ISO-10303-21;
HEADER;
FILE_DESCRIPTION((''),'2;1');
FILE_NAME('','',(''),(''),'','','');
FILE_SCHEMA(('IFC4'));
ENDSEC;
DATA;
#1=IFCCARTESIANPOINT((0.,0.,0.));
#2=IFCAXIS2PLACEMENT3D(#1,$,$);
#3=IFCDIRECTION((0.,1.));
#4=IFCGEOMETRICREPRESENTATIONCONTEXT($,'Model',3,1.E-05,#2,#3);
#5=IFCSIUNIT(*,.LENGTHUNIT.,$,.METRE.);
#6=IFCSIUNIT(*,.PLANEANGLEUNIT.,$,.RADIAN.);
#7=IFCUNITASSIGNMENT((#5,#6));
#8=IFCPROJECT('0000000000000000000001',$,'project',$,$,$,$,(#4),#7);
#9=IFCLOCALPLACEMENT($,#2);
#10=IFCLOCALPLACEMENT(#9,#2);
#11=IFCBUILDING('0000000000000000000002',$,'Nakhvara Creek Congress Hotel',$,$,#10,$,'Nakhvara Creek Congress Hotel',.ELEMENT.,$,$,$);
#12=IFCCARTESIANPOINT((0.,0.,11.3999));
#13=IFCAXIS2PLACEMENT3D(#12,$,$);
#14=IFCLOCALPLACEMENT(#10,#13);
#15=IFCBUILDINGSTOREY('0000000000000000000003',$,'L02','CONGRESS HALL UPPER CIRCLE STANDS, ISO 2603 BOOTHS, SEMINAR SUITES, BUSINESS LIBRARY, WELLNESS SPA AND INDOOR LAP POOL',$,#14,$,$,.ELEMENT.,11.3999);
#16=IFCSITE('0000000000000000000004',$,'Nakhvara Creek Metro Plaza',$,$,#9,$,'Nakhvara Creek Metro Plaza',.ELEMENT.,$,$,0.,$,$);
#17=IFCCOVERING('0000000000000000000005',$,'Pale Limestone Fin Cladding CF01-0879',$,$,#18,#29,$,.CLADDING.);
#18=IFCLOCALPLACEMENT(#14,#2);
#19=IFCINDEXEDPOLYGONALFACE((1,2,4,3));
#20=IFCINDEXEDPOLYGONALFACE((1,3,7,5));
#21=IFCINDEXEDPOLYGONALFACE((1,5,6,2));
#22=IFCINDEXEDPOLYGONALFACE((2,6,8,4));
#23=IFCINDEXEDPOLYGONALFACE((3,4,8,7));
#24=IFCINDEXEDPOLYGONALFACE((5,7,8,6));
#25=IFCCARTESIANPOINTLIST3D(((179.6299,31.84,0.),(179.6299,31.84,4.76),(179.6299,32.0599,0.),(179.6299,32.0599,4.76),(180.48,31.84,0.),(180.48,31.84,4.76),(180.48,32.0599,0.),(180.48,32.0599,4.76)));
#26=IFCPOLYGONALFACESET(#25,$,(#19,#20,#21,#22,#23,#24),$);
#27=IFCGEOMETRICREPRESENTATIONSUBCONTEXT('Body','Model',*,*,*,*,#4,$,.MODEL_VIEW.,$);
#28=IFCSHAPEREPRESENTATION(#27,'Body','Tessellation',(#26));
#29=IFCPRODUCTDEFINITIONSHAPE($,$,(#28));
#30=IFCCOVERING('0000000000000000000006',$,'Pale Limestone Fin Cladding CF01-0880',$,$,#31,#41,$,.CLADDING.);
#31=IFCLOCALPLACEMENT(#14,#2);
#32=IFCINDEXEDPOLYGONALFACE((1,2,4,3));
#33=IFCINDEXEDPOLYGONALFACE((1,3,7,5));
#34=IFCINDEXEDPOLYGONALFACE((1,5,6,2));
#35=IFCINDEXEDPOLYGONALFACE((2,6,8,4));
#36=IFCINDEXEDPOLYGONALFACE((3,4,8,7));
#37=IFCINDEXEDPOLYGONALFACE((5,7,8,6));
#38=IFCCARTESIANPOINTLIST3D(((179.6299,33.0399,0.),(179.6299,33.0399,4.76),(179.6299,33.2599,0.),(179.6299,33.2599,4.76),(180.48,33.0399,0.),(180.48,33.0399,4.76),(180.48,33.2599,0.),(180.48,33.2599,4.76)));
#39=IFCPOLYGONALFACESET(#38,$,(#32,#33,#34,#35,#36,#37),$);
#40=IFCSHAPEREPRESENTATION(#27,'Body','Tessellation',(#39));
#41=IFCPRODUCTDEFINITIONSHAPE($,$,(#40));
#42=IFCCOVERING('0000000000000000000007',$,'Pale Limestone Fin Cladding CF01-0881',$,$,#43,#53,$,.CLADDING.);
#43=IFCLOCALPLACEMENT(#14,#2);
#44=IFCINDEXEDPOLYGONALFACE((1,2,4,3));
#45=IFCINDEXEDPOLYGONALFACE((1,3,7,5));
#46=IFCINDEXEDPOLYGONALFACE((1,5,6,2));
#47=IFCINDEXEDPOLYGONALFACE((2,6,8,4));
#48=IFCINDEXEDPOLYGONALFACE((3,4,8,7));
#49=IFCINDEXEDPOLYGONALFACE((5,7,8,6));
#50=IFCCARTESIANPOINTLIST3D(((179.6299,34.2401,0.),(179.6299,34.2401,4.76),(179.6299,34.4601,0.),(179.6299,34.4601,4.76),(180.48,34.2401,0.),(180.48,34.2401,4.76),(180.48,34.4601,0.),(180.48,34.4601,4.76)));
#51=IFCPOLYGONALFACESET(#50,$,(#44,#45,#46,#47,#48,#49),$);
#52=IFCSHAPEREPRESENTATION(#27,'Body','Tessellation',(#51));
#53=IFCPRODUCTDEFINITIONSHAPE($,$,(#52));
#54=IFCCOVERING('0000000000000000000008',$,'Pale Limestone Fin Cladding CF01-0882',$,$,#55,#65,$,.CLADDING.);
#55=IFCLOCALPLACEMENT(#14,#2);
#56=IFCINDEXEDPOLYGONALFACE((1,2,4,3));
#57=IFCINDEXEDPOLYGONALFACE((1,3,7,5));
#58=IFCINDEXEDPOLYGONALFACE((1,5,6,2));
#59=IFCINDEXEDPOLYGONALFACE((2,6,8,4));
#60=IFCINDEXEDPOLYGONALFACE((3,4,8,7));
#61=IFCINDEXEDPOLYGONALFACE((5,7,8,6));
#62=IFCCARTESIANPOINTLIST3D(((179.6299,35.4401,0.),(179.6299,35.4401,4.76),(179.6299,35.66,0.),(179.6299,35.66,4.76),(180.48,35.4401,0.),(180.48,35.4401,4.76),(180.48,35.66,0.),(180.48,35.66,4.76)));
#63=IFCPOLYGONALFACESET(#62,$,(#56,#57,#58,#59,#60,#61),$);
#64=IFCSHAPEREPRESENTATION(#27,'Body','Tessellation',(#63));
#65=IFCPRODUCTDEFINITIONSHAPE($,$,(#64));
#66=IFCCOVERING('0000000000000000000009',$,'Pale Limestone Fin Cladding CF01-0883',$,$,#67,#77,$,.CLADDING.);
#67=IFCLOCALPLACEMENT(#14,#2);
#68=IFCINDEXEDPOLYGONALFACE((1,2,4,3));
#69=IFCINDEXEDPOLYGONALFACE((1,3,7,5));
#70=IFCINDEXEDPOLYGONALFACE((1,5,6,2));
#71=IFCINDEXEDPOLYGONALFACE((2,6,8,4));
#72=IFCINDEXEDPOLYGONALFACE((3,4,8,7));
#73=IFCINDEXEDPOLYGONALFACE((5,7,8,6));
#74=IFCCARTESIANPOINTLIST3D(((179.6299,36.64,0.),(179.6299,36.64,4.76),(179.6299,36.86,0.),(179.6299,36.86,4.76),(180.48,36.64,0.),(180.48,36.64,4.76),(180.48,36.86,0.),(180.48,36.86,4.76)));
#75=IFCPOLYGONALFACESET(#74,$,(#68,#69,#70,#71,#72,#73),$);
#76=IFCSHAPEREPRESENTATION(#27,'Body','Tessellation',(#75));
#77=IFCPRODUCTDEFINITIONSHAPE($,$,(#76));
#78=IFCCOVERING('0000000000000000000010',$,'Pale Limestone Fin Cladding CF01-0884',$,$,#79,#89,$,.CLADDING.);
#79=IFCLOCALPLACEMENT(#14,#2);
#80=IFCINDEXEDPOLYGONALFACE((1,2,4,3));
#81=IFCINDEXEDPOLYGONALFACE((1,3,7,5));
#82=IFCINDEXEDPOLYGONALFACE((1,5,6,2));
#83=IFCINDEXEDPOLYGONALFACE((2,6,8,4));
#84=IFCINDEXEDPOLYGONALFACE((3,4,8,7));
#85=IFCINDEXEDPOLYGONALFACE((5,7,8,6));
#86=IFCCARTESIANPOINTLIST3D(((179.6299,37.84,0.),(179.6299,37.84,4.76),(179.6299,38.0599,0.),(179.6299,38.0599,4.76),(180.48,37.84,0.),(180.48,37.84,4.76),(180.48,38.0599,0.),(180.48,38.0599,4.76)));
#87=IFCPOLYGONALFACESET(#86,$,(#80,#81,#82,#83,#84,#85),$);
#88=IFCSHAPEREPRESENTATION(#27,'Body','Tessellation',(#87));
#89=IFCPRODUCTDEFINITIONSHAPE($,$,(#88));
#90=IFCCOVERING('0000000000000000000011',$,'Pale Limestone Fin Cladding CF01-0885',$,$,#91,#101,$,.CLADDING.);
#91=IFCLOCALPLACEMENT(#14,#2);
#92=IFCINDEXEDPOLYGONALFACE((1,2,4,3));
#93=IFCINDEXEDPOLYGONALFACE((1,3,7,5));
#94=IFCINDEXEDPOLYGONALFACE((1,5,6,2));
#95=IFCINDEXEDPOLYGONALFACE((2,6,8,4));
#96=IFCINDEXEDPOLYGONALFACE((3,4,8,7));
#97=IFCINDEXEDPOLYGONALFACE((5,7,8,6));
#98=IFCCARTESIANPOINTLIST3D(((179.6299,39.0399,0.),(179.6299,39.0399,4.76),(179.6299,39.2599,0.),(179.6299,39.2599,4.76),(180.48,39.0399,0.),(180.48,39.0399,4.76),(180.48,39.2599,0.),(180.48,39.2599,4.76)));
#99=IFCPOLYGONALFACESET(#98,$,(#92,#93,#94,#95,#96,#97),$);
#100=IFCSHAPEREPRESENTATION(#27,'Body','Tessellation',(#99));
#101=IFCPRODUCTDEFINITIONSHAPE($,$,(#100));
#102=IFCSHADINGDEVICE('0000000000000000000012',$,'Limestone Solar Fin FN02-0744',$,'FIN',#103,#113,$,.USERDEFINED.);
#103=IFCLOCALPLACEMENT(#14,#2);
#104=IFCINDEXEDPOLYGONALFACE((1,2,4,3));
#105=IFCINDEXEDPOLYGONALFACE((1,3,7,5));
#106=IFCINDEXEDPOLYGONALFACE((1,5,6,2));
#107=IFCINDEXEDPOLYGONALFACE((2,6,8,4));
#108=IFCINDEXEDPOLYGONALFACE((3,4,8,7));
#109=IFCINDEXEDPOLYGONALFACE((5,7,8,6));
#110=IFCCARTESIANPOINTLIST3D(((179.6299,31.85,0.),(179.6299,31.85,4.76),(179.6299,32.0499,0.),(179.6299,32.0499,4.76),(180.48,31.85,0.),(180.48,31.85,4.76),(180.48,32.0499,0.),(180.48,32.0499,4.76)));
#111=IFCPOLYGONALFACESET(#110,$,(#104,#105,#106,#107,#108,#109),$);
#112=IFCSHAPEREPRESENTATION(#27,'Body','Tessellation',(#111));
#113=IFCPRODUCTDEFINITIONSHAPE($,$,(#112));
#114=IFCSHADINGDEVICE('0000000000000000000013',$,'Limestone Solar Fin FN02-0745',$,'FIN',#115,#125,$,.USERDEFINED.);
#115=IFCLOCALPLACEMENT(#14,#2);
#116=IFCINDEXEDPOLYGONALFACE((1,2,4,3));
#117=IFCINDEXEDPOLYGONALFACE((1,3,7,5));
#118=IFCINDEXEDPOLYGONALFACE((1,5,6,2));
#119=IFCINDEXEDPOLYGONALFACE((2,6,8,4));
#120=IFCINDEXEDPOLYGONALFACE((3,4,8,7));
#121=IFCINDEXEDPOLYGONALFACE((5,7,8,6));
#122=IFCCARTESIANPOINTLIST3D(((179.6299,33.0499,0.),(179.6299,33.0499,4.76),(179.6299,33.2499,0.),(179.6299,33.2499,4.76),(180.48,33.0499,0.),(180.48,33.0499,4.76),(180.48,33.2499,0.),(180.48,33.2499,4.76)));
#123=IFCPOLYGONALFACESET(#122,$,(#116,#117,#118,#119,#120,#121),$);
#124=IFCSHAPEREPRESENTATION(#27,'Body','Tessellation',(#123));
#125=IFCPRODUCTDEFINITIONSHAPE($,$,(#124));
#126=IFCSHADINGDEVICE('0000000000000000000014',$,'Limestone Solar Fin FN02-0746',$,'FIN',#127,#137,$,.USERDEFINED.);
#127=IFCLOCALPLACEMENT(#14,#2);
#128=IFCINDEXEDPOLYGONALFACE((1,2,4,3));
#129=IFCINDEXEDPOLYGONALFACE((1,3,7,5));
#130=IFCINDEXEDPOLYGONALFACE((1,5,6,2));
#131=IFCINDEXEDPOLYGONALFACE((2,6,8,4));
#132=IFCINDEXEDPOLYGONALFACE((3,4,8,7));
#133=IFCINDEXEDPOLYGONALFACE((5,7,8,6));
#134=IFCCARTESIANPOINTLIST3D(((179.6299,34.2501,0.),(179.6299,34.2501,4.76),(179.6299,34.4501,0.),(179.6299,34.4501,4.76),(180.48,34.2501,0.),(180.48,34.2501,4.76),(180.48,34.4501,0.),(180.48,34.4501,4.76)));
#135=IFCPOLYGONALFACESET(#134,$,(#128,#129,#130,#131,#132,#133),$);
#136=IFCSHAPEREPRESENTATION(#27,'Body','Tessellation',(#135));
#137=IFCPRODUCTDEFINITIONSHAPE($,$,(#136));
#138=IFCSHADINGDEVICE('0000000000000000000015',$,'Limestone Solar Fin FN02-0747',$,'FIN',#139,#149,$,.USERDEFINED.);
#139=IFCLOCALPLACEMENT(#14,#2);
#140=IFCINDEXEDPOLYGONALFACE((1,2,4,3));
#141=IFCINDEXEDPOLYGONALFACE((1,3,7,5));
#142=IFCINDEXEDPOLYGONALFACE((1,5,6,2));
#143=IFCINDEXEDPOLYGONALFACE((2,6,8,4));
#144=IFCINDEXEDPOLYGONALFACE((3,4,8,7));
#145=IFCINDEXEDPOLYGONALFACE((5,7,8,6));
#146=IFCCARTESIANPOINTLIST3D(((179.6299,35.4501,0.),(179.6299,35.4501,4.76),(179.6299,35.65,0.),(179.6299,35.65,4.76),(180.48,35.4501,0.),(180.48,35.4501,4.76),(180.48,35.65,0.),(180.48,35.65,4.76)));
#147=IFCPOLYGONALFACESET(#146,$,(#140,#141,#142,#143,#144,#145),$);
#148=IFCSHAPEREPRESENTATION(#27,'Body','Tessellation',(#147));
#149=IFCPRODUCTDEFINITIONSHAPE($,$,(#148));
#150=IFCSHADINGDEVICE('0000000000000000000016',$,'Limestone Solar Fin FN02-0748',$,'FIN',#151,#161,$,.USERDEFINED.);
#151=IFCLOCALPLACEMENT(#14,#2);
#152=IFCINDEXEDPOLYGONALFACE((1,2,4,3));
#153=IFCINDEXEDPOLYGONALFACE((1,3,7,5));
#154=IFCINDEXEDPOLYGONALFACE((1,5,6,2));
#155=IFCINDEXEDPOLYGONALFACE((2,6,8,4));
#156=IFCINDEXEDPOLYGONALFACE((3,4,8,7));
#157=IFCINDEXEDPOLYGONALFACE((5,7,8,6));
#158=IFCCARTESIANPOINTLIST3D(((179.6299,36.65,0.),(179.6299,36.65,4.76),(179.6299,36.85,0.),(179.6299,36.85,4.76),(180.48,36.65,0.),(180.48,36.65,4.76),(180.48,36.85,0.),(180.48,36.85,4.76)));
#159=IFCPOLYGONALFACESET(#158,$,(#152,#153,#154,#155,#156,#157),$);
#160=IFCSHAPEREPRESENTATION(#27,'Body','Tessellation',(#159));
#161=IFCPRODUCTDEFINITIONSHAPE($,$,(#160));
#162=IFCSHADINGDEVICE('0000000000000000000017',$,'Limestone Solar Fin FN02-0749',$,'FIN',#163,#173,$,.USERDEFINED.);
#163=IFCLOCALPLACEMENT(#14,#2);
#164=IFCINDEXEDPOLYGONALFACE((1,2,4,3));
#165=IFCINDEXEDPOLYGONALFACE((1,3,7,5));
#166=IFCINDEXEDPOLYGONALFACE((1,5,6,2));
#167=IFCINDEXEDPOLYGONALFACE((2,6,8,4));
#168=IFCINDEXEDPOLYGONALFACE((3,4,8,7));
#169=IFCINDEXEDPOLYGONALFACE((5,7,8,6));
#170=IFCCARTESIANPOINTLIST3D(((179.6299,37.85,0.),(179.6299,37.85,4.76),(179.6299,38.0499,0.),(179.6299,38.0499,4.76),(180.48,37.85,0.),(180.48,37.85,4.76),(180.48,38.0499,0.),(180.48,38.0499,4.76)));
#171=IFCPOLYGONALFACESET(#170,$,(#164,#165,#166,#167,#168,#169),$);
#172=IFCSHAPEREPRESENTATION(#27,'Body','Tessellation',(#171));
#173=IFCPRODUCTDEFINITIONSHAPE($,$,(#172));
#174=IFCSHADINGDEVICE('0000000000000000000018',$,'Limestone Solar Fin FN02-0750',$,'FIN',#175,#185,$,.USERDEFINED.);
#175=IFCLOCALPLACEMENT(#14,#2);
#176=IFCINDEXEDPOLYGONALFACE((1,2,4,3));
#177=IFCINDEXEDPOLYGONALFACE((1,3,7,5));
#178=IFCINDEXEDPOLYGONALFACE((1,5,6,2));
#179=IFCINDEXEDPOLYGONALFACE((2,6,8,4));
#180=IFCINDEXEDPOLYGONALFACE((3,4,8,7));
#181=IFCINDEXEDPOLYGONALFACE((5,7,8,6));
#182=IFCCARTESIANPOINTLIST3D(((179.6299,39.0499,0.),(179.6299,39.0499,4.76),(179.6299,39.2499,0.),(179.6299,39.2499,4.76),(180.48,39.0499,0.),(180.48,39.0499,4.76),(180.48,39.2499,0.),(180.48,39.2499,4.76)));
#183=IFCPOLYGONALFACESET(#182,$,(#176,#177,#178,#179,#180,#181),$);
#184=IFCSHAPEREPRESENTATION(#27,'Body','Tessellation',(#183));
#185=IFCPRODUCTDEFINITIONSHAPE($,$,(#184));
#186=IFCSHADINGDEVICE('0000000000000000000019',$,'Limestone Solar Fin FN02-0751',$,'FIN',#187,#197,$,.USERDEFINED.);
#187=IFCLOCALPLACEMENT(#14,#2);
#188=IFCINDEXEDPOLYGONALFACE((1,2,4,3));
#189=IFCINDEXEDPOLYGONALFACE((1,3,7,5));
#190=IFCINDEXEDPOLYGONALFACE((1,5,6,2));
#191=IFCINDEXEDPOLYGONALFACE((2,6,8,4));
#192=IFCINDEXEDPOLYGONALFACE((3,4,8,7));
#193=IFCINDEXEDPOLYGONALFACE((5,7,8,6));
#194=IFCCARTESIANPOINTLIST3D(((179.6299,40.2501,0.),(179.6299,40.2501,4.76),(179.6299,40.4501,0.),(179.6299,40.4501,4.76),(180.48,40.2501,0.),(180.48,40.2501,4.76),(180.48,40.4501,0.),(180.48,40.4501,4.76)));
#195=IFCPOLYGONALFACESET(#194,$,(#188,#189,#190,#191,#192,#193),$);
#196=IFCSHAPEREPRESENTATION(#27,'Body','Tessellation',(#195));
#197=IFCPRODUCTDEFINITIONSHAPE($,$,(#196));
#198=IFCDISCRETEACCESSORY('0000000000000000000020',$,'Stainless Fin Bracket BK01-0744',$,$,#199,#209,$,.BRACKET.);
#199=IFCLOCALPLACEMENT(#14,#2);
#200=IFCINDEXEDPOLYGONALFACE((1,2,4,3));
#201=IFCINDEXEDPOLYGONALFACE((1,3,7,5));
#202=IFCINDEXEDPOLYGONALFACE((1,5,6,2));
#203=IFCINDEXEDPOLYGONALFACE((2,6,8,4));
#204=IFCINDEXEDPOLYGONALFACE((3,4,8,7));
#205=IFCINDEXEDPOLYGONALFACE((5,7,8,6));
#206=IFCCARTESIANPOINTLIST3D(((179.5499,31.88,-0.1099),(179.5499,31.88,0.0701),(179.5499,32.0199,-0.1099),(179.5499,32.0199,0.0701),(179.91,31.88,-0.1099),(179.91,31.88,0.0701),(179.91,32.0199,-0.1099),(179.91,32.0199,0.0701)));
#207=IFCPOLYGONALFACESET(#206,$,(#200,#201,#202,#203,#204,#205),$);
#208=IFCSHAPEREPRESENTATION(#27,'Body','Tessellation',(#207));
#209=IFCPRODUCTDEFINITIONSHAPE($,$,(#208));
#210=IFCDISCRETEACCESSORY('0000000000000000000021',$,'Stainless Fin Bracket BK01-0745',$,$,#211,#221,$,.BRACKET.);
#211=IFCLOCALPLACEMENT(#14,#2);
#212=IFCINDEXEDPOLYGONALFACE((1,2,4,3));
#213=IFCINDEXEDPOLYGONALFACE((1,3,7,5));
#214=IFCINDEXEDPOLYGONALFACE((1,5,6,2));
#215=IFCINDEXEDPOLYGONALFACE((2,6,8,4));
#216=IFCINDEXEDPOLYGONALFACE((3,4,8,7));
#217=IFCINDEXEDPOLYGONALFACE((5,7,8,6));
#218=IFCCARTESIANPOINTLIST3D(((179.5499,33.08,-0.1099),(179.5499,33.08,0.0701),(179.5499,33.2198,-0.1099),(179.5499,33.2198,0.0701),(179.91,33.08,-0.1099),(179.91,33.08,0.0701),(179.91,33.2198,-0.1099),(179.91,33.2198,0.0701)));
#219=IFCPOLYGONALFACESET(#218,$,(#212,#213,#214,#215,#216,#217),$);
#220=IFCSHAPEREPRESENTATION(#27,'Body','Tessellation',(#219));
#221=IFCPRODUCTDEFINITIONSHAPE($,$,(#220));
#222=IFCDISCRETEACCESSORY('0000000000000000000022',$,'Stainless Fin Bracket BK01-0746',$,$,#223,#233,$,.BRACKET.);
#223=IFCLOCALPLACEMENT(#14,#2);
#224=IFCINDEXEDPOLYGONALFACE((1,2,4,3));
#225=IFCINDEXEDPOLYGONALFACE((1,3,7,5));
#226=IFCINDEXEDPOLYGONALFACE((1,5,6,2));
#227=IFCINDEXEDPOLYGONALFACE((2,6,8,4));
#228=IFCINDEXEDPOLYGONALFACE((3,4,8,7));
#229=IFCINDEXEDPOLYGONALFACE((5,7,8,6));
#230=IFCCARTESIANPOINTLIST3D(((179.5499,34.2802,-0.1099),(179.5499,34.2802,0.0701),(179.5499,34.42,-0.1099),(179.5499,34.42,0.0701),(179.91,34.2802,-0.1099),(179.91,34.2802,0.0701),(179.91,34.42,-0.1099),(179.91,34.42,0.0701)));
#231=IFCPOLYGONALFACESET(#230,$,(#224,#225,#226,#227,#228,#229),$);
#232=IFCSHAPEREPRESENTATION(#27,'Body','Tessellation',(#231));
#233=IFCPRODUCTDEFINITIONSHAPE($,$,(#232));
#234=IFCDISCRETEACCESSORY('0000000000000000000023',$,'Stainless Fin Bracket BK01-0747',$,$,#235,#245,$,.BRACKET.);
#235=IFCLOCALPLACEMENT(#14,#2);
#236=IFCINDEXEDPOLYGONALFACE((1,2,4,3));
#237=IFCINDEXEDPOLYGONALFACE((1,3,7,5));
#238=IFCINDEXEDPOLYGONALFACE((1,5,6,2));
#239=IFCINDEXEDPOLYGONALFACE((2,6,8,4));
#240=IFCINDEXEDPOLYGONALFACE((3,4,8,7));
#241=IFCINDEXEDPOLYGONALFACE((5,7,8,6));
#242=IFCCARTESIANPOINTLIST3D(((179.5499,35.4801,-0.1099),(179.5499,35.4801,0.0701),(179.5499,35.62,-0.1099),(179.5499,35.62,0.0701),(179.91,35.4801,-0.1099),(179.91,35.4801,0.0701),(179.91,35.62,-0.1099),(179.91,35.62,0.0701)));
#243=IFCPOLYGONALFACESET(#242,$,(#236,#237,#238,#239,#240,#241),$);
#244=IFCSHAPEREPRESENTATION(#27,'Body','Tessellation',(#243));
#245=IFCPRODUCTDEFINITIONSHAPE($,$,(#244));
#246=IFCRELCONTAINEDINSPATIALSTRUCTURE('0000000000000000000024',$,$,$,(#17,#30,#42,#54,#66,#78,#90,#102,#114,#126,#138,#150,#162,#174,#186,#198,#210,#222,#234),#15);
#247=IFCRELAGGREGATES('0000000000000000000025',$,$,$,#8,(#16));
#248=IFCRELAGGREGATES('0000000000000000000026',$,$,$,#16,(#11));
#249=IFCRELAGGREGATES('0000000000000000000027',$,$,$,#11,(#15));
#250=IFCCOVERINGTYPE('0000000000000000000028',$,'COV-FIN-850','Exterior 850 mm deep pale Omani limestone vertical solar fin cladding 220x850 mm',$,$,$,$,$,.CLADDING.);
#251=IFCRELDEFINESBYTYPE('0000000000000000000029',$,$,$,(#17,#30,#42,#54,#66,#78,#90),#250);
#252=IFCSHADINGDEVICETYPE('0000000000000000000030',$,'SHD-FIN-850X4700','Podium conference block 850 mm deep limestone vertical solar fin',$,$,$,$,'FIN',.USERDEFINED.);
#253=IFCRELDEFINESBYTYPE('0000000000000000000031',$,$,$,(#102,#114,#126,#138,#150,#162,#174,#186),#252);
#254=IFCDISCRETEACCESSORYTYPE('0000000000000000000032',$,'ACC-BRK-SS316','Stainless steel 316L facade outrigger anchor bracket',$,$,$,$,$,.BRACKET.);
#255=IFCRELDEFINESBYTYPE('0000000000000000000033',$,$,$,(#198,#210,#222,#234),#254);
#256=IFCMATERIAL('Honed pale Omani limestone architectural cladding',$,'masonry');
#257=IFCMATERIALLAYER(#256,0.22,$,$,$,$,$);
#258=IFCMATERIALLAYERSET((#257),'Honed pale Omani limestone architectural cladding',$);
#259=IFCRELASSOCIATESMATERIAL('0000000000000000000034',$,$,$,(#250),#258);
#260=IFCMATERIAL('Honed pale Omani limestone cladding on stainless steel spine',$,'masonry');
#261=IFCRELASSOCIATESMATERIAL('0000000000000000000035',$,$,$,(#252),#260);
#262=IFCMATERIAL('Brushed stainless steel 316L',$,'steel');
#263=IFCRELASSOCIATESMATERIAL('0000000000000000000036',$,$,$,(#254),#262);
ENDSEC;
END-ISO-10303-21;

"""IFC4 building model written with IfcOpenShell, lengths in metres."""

from ifc_helpers import new_model, si_unit, direction, frame, origin, origin_2d, place, context, subcontext, project, spatial, rectangle, extrude, material, layer, layer_set, type_object, element, save


model = new_model("IFC4")

# Units and contexts
model_context = context("Model", 3, precision=1e-05, world=origin(), true_north=direction((0.0, 1.0)))
body_context = subcontext(model_context, "Body", "Model", "MODEL_VIEW")
ifc_project = project(units=[si_unit("LENGTHUNIT", "METRE"), si_unit("PLANEANGLEUNIT", "RADIAN")], contexts=[model_context])

# Site, building, storey
site_placement = place(None, origin())
site = spatial("IfcSite", under=ifc_project, at=site_placement, Name="Nakhvara Creek Metro Plaza", LongName="Nakhvara Creek Metro Plaza", CompositionType="ELEMENT", RefElevation=0.0)
building_placement = place(site_placement, origin())
building = spatial("IfcBuilding", under=site, at=building_placement, Name="Nakhvara Creek Congress Hotel", LongName="Nakhvara Creek Congress Hotel", CompositionType="ELEMENT")
storey_placement = place(building_placement, frame((0.0, 0.0, 11.3999)))
storey = spatial("IfcBuildingStorey", under=building, at=storey_placement, Name="L02", Description="CONGRESS HALL UPPER CIRCLE STANDS, ISO 2603 BOOTHS, SEMINAR SUITES, BUSINESS LIBRARY, WELLNESS SPA AND INDOOR LAP POOL", CompositionType="ELEMENT", Elevation=11.3999)

# Coverings
ifc_material_1 = material(Name="Honed pale Omani limestone architectural cladding", Category="masonry")
ifc_layer = layer(ifc_material_1, 0.22)
ifc_layer_set = layer_set([ifc_layer], Name="Honed pale Omani limestone architectural cladding")
covering_type = type_object("IfcCoveringType", Name="COV-FIN-850", Description="Exterior 850 mm deep pale Omani limestone vertical solar fin cladding 220x850 mm", PredefinedType="CLADDING", material=ifc_layer_set)
for number, where, z_axis, x_axis, name in (
    (1, (180.0549, 31.95, 0.0), (0.0, 0.0, 1.0), (0.0, 1.0, 0.0), "Pale Limestone Fin Cladding CF01-0879"),
    (2, (180.0549, 33.1499, 0.0), (0.0, 0.0, 1.0), (0.0, 1.0, 0.0), "Pale Limestone Fin Cladding CF01-0880"),
    (3, (180.0549, 34.3501, 0.0), (0.0, 0.0, 1.0), (0.0, 1.0, 0.0), "Pale Limestone Fin Cladding CF01-0881"),
    (4, (180.0549, 35.55, 0.0), (0.0, 0.0, 1.0), (0.0, 1.0, 0.0), "Pale Limestone Fin Cladding CF01-0882"),
    (5, (180.0549, 36.75, 0.0), (0.0, 0.0, 1.0), (0.0, 1.0, 0.0), "Pale Limestone Fin Cladding CF01-0883"),
    (6, (180.0549, 37.95, 0.0), (0.0, 0.0, 1.0), (0.0, 1.0, 0.0), "Pale Limestone Fin Cladding CF01-0884"),
    (7, (180.0549, 39.1499, 0.0), (0.0, 0.0, 1.0), (0.0, 1.0, 0.0), "Pale Limestone Fin Cladding CF01-0885"),
):
    element("IfcCovering", number, at=place(storey_placement, frame(where, z_axis=z_axis, x_axis=x_axis)), inside=storey, type_object=covering_type, Name=name, PredefinedType="CLADDING", context=body_context, shape_type="SweptSolid", body=[
        extrude(rectangle(XDim=0.22, YDim=0.8501, at=origin_2d()), origin(), (0.0, 0.0, 1.0), 4.76),
    ])

# Shading devices
ifc_material_2 = material(Name="Honed pale Omani limestone cladding on stainless steel spine", Category="masonry")
shading_device_type = type_object("IfcShadingDeviceType", Name="SHD-FIN-850X4700", Description="Podium conference block 850 mm deep limestone vertical solar fin", ElementType="FIN", PredefinedType="USERDEFINED", material=ifc_material_2)
for number, where, z_axis, x_axis, name in (
    (8, (180.0549, 31.95, 0.0), (0.0, 0.0, 1.0), (0.0, 1.0, 0.0), "Limestone Solar Fin FN02-0744"),
    (9, (180.0549, 33.1499, 0.0), (0.0, 0.0, 1.0), (0.0, 1.0, 0.0), "Limestone Solar Fin FN02-0745"),
    (10, (180.0549, 34.3501, 0.0), (0.0, 0.0, 1.0), (0.0, 1.0, 0.0), "Limestone Solar Fin FN02-0746"),
    (11, (180.0549, 35.55, 0.0), (0.0, 0.0, 1.0), (0.0, 1.0, 0.0), "Limestone Solar Fin FN02-0747"),
    (12, (180.0549, 36.75, 0.0), (0.0, 0.0, 1.0), (0.0, 1.0, 0.0), "Limestone Solar Fin FN02-0748"),
    (13, (180.0549, 37.95, 0.0), (0.0, 0.0, 1.0), (0.0, 1.0, 0.0), "Limestone Solar Fin FN02-0749"),
    (14, (180.0549, 39.1499, 0.0), (0.0, 0.0, 1.0), (0.0, 1.0, 0.0), "Limestone Solar Fin FN02-0750"),
    (15, (180.0549, 40.3501, 0.0), (0.0, 0.0, 1.0), (0.0, 1.0, 0.0), "Limestone Solar Fin FN02-0751"),
):
    element("IfcShadingDevice", number, at=place(storey_placement, frame(where, z_axis=z_axis, x_axis=x_axis)), inside=storey, type_object=shading_device_type, Name=name, ObjectType="FIN", PredefinedType="USERDEFINED", context=body_context, shape_type="SweptSolid", body=[
        extrude(rectangle(XDim=0.2, YDim=0.8501, at=origin_2d()), origin(), (0.0, 0.0, 1.0), 4.76),
    ])

# Discrete accessories
ifc_material_3 = material(Name="Brushed stainless steel 316L", Category="steel")
discrete_accessory_type = type_object("IfcDiscreteAccessoryType", Name="ACC-BRK-SS316", Description="Stainless steel 316L facade outrigger anchor bracket", PredefinedType="BRACKET", material=ifc_material_3)
for number, where, z_axis, x_axis, name in (
    (16, (179.73, 31.95, -0.1099), (0.0, 0.0, 1.0), (0.0, 1.0, 0.0), "Stainless Fin Bracket BK01-0744"),
    (17, (179.73, 33.1499, -0.1099), (0.0, 0.0, 1.0), (0.0, 1.0, 0.0), "Stainless Fin Bracket BK01-0745"),
    (18, (179.73, 34.3501, -0.1099), (0.0, 0.0, 1.0), (0.0, 1.0, 0.0), "Stainless Fin Bracket BK01-0746"),
    (19, (179.73, 35.55, -0.1099), (0.0, 0.0, 1.0), (0.0, 1.0, 0.0), "Stainless Fin Bracket BK01-0747"),
):
    element("IfcDiscreteAccessory", number, at=place(storey_placement, frame(where, z_axis=z_axis, x_axis=x_axis)), inside=storey, type_object=discrete_accessory_type, Name=name, PredefinedType="BRACKET", context=body_context, shape_type="SweptSolid", body=[
        extrude(rectangle(XDim=0.1399, YDim=0.3601, at=origin_2d()), origin(), (0.0, 0.0, 1.0), 0.1799),
    ])

save(model, "model.ifc")
